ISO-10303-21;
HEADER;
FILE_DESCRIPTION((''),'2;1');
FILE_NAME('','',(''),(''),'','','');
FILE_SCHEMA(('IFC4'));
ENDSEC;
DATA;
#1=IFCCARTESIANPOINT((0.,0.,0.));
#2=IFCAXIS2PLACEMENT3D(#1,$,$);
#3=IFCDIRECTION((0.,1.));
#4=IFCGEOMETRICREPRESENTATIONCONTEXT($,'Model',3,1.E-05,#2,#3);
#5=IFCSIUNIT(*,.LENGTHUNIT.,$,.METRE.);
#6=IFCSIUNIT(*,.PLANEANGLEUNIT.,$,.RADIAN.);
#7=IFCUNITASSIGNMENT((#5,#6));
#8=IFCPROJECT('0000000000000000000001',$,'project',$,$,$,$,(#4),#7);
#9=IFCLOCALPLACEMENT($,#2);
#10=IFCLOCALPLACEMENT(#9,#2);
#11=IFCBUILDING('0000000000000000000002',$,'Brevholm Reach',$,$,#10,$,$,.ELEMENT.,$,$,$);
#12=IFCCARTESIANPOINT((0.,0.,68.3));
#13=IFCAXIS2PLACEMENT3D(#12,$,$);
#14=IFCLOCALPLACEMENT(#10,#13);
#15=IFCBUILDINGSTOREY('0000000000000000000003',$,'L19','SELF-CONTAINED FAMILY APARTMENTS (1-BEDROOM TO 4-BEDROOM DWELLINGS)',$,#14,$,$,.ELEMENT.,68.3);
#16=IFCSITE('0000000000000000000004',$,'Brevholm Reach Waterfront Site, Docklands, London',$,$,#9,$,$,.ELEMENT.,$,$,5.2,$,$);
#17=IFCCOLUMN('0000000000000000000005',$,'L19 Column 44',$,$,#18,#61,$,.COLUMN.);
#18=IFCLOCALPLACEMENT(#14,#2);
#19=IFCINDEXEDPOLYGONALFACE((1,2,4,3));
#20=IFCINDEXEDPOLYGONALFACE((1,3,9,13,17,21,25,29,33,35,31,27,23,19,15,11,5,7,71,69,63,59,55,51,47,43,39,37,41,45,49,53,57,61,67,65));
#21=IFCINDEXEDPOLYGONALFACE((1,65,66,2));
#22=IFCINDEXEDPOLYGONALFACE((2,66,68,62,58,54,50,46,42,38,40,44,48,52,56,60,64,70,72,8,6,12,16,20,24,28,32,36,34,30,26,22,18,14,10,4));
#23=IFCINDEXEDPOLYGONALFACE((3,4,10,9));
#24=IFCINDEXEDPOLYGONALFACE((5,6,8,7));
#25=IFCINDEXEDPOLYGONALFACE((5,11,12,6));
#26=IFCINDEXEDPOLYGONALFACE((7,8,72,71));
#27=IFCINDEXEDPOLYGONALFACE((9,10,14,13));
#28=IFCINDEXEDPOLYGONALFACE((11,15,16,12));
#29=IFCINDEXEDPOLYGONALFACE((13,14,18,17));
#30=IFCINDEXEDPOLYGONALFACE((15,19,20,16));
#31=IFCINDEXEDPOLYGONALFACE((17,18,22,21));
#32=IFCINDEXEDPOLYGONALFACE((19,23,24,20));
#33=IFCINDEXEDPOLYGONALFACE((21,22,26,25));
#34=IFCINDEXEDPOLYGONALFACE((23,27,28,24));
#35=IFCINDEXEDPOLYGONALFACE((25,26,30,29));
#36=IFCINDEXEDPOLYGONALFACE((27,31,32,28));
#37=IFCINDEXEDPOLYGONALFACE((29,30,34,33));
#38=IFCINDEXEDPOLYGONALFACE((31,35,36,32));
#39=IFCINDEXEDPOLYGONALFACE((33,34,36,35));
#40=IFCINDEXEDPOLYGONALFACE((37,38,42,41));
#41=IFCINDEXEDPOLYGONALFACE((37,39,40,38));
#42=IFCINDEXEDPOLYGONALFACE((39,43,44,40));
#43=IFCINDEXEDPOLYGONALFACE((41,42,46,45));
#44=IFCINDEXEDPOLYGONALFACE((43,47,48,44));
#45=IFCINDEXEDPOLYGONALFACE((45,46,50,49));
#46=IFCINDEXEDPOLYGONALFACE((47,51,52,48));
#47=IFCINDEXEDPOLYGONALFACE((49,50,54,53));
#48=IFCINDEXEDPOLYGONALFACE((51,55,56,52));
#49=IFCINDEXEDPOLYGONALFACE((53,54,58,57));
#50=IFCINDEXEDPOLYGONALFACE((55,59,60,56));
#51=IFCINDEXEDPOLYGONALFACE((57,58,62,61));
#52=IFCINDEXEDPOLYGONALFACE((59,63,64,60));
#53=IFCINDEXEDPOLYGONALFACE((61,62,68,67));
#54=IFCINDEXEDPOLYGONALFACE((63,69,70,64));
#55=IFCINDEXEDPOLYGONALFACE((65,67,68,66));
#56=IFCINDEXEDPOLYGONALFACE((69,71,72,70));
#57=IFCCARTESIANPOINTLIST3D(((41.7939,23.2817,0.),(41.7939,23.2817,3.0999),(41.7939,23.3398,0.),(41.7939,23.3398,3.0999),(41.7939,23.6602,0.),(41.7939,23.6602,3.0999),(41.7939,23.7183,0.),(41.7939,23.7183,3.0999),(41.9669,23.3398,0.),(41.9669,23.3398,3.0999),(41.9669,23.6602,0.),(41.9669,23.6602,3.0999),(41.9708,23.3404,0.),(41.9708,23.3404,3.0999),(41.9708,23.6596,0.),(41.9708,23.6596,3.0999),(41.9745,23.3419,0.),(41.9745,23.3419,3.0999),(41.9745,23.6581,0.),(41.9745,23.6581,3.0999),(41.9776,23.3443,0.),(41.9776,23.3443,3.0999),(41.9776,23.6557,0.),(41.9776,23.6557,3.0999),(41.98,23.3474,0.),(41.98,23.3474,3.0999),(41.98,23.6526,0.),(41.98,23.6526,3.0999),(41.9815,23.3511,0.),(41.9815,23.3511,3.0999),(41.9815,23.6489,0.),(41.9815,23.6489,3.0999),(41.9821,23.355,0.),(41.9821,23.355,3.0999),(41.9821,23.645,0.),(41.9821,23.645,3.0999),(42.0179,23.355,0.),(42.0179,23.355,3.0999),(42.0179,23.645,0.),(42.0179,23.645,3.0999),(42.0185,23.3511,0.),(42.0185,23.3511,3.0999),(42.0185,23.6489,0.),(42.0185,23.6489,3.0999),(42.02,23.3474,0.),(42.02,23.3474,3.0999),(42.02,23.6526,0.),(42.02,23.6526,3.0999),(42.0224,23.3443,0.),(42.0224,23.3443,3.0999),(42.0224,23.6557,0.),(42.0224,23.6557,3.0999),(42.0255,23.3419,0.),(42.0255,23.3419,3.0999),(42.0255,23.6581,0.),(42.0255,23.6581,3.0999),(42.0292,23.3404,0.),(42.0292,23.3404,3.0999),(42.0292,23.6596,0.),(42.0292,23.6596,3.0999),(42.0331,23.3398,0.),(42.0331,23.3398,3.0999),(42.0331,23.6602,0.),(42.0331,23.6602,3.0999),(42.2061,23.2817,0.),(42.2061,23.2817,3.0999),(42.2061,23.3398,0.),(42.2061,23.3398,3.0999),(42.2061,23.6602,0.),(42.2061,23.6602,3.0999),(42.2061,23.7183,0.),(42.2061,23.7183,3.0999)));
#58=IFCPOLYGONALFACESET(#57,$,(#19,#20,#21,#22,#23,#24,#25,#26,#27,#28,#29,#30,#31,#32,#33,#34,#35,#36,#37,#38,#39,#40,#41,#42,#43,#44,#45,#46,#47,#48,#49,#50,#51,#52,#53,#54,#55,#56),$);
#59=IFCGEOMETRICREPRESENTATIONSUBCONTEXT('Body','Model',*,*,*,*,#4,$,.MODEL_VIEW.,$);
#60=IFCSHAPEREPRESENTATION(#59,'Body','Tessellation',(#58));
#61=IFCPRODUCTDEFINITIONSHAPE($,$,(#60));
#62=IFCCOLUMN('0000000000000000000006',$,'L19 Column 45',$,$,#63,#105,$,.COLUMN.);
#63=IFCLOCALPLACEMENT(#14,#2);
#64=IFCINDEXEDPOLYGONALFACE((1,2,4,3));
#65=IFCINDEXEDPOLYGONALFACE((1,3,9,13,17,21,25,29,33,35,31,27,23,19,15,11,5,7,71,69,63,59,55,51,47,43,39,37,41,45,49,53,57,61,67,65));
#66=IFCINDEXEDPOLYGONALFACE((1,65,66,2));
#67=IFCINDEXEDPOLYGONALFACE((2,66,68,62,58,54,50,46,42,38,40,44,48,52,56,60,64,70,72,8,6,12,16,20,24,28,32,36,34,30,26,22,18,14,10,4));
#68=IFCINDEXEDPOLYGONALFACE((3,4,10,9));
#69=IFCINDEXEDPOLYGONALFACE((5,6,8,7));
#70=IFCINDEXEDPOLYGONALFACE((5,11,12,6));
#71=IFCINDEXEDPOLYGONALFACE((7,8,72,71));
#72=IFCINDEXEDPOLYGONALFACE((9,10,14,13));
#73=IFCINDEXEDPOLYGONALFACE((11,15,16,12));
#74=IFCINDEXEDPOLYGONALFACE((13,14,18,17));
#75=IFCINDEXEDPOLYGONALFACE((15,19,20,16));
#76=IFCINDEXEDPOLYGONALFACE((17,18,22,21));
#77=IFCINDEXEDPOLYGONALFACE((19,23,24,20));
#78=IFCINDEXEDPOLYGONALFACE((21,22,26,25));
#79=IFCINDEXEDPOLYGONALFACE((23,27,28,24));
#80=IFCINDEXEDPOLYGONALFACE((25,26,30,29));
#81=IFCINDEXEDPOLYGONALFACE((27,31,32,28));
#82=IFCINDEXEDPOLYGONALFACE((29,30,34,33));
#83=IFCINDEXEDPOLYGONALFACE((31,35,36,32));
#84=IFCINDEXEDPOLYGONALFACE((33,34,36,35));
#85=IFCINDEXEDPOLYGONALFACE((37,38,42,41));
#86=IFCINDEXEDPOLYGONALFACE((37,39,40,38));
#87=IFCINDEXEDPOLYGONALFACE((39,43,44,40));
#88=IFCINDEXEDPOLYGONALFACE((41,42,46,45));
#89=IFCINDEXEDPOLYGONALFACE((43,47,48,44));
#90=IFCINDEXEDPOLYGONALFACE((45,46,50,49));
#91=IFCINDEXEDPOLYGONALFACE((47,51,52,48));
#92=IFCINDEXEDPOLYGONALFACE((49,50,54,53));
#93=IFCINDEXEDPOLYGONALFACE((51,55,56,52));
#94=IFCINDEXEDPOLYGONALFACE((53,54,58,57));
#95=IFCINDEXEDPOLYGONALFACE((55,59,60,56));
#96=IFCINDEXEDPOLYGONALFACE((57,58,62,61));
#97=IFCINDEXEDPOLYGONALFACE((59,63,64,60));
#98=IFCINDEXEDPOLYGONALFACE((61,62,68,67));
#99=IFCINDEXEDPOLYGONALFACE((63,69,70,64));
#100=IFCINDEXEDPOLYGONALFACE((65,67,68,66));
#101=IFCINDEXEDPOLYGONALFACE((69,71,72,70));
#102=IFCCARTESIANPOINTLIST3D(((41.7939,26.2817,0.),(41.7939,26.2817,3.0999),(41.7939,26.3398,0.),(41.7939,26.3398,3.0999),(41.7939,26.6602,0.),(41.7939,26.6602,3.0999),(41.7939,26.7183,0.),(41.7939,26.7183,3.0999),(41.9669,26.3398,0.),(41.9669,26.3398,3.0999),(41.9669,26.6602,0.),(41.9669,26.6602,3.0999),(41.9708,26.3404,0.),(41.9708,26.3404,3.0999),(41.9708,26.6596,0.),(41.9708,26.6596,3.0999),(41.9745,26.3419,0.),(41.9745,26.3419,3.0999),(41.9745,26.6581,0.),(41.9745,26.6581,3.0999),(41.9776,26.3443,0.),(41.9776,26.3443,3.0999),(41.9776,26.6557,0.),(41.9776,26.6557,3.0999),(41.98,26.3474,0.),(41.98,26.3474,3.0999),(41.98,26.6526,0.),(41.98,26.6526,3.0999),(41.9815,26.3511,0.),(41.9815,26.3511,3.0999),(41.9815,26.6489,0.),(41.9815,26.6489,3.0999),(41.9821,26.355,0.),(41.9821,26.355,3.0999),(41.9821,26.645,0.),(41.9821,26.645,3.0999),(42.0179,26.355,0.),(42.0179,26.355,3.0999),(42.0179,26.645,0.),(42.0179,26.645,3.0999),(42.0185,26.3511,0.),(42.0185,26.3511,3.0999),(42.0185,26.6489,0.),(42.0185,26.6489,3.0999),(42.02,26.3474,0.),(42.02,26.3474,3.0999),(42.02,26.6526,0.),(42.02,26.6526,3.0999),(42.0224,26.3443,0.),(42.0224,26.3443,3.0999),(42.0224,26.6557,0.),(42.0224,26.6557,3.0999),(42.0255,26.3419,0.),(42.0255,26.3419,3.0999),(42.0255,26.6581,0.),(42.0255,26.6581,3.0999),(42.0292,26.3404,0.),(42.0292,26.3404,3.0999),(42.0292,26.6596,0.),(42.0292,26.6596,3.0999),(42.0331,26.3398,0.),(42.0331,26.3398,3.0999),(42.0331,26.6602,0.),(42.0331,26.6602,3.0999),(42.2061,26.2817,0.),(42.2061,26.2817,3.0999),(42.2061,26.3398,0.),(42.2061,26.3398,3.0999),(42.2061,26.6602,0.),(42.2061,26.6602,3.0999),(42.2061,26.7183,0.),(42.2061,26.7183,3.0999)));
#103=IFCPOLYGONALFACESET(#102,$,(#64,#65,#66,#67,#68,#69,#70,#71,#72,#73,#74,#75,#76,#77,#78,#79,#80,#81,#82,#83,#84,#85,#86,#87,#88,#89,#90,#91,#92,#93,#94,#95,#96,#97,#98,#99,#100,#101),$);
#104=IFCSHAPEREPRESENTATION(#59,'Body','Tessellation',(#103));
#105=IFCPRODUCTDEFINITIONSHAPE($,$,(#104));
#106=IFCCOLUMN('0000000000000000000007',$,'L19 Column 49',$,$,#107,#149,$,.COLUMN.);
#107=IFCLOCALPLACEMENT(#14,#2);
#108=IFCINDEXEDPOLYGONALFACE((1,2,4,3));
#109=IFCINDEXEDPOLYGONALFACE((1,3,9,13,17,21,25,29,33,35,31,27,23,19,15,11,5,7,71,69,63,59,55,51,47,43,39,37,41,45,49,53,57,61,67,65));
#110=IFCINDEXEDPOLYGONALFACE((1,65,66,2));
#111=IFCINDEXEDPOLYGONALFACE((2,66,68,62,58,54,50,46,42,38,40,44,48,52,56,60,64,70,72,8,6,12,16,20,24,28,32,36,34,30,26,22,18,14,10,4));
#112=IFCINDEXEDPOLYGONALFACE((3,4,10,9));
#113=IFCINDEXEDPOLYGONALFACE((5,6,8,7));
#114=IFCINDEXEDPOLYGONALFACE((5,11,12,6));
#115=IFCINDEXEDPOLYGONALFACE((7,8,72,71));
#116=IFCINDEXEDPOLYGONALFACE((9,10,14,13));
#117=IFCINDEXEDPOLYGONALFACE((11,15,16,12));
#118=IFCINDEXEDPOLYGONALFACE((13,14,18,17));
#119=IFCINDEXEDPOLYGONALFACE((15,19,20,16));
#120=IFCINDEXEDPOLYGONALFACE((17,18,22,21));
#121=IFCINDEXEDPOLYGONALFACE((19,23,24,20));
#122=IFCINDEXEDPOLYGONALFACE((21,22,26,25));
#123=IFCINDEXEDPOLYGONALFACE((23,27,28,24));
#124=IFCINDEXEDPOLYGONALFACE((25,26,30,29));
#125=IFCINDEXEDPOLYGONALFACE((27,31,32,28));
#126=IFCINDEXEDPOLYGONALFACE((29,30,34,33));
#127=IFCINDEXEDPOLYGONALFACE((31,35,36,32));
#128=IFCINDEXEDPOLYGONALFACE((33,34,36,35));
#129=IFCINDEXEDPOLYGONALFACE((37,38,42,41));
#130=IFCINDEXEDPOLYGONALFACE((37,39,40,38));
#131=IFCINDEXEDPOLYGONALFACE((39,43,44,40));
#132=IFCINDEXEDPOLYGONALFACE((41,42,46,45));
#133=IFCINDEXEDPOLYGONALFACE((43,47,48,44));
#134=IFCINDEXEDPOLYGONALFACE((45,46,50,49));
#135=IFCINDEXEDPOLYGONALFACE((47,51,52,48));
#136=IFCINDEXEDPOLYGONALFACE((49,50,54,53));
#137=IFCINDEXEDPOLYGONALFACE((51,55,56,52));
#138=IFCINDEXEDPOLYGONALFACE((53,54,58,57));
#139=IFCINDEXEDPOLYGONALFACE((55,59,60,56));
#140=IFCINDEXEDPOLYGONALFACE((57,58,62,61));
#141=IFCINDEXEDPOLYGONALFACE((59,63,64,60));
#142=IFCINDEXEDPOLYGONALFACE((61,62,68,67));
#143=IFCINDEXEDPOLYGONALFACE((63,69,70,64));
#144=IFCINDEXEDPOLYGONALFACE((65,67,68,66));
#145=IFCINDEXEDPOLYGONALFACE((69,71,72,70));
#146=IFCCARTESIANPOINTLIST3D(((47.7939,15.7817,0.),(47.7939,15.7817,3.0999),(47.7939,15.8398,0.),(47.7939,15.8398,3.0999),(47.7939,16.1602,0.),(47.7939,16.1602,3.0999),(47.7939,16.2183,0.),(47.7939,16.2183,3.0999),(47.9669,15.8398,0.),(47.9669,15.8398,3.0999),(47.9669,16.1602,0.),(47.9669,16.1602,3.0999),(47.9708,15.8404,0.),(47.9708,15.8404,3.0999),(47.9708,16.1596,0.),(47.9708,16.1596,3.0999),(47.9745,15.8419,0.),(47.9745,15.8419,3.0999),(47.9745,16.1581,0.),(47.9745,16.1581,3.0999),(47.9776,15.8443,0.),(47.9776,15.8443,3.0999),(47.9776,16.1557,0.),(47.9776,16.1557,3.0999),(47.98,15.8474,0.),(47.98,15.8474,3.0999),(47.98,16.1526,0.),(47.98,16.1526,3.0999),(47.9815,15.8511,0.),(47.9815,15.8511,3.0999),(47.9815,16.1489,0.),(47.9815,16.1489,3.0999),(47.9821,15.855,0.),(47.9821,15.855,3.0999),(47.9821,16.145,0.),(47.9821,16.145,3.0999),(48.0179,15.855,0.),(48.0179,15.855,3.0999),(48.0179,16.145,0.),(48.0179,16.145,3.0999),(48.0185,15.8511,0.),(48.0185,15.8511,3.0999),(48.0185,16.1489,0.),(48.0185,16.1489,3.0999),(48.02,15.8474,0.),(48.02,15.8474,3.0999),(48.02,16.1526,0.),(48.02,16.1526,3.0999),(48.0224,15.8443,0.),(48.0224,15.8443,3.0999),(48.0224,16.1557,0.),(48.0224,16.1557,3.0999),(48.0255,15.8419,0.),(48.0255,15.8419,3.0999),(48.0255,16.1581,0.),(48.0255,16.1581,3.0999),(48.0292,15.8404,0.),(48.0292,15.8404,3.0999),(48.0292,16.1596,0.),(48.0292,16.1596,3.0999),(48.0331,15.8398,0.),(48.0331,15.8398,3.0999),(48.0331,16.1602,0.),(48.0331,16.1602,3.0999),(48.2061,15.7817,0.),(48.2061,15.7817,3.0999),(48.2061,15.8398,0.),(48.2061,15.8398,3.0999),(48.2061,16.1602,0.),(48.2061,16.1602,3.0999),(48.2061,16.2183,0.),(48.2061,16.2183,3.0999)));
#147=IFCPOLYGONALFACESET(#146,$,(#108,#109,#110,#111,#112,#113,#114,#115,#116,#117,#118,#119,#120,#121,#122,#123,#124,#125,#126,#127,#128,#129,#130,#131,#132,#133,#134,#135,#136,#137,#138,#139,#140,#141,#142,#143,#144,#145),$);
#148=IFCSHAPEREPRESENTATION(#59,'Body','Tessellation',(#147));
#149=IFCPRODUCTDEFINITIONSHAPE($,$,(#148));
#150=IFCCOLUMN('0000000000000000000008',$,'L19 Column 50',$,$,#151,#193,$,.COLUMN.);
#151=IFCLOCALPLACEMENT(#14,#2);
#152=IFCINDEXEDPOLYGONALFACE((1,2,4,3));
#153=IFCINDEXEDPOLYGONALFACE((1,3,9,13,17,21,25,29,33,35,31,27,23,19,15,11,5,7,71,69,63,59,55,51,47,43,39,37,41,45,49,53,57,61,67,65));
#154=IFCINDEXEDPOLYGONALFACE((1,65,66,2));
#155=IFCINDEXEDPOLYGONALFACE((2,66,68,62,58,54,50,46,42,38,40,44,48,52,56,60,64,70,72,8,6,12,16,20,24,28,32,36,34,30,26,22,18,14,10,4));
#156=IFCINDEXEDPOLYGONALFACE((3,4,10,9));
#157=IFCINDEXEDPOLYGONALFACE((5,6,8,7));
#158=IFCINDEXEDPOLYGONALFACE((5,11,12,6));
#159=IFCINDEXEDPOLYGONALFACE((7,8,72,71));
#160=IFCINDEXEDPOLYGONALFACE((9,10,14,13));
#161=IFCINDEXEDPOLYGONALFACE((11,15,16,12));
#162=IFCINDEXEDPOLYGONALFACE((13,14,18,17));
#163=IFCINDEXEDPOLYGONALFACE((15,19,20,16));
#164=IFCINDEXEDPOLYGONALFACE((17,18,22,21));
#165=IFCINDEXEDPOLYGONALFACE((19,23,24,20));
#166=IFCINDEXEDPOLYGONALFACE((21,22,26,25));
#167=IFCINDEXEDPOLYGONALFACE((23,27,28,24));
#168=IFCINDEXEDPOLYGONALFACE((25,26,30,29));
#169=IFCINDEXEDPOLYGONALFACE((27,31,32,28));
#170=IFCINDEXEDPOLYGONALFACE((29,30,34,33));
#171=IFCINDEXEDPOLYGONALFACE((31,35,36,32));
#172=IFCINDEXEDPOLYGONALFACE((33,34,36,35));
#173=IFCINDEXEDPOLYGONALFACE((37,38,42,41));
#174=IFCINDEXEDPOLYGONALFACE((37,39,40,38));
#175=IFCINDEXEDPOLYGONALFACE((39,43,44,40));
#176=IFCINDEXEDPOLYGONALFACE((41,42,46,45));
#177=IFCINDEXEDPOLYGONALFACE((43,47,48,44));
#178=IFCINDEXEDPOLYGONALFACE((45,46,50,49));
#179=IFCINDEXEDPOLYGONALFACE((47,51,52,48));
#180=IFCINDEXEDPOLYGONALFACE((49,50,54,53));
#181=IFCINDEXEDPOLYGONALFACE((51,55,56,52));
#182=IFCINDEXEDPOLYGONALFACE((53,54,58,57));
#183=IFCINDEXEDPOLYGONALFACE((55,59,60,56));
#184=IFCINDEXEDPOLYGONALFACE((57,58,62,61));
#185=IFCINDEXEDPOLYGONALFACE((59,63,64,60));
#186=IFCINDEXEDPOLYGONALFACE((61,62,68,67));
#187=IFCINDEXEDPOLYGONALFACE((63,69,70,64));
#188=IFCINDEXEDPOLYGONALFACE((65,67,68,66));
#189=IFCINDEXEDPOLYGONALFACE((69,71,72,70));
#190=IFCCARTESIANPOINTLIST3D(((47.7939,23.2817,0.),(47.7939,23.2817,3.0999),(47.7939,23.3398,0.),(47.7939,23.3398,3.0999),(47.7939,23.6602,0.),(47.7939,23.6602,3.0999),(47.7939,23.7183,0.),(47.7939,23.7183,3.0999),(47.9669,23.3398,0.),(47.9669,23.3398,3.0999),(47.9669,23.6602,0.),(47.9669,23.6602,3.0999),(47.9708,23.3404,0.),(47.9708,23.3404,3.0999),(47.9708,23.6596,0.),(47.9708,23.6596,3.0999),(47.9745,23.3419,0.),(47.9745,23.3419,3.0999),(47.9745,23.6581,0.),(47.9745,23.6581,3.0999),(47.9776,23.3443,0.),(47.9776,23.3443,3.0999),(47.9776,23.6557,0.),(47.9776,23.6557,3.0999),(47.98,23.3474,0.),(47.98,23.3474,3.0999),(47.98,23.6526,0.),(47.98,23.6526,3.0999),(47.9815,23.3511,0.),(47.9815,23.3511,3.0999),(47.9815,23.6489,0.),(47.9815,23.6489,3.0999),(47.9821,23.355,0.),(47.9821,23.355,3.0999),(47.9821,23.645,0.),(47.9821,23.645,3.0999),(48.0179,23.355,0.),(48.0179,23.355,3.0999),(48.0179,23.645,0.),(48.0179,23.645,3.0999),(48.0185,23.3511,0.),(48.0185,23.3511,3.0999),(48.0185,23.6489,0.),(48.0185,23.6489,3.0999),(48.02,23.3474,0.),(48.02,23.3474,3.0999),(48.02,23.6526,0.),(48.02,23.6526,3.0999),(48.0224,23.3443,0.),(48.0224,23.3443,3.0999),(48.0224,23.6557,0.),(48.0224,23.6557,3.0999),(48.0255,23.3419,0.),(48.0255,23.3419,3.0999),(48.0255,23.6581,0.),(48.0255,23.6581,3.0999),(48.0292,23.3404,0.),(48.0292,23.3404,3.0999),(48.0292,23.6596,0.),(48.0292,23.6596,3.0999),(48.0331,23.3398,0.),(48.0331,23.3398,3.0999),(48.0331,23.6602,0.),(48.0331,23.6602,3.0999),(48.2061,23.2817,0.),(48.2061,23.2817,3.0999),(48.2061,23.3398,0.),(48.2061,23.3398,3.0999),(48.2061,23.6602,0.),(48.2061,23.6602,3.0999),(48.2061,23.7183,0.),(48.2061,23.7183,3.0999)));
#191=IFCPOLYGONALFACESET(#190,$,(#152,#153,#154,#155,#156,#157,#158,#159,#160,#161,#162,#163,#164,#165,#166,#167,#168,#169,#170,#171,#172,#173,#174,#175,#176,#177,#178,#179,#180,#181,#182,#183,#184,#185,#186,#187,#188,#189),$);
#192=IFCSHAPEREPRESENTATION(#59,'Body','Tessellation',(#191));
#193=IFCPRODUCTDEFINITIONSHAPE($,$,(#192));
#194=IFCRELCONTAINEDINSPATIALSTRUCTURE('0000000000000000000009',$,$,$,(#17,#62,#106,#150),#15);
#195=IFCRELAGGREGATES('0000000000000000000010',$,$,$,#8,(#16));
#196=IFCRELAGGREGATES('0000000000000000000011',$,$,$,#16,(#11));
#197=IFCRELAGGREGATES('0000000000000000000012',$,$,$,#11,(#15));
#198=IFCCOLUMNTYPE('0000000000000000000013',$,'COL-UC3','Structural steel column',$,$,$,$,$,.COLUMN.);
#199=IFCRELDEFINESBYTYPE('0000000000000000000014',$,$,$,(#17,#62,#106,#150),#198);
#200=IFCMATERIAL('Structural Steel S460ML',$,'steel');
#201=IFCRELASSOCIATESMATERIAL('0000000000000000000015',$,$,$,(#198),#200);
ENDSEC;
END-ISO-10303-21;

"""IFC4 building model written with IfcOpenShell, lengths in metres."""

from ifc_helpers import new_model, si_unit, direction, frame, origin, origin_2d, place, context, subcontext, project, spatial, i_section, extrude, material, material_profile, profile_set, type_object, element, save


model = new_model("IFC4")

# Units and contexts
model_context = context("Model", 3, precision=1e-05, world=origin(), true_north=direction((0.0, 1.0)))
body_context = subcontext(model_context, "Body", "Model", "MODEL_VIEW")
ifc_project = project(units=[si_unit("LENGTHUNIT", "METRE"), si_unit("PLANEANGLEUNIT", "RADIAN")], contexts=[model_context])

# Site, building, storey
site_placement = place(None, origin())
site = spatial("IfcSite", under=ifc_project, at=site_placement, Name="Brevholm Reach Waterfront Site, Docklands, London", CompositionType="ELEMENT", RefElevation=5.2)
building_placement = place(site_placement, origin())
building = spatial("IfcBuilding", under=site, at=building_placement, Name="Brevholm Reach", CompositionType="ELEMENT")
storey_placement = place(building_placement, frame((0.0, 0.0, 68.3)))
storey = spatial("IfcBuildingStorey", under=building, at=storey_placement, Name="L19", Description="SELF-CONTAINED FAMILY APARTMENTS (1-BEDROOM TO 4-BEDROOM DWELLINGS)", CompositionType="ELEMENT", Elevation=68.3)

# Columns
ifc_material_1 = material(Name="Structural Steel S460ML", Category="steel")
ifc_material_profile_1 = material_profile(ifc_material_1, i_section(OverallWidth=0.4121, OverallDepth=0.4365, WebThickness=0.0359, FlangeThickness=0.0581, FilletRadius=0.0151, at=origin_2d()), Name="UKC 356x406x467")
ifc_profile_set_1 = profile_set([ifc_material_profile_1], Name="Structural Steel S460ML")
column_type_1 = type_object("IfcColumnType", Name="COL-UC3", Description="Structural steel column", PredefinedType="COLUMN", material=ifc_profile_set_1)
for number, where, z_axis, x_axis, name in (
    (1, (42.0, 23.5, 0.0), (0.0, 0.0, 1.0), (1.0, 0.0, 0.0), "L19 Column 44"),
    (2, (42.0, 26.5, 0.0), (0.0, 0.0, 1.0), (1.0, 0.0, 0.0), "L19 Column 45"),
    (3, (48.0, 16.0, 0.0), (0.0, 0.0, 1.0), (1.0, 0.0, 0.0), "L19 Column 49"),
    (4, (48.0, 23.5, 0.0), (0.0, 0.0, 1.0), (1.0, 0.0, 0.0), "L19 Column 50"),
):
    element("IfcColumn", number, at=place(storey_placement, frame(where, z_axis=z_axis, x_axis=x_axis)), inside=storey, type_object=column_type_1, Name=name, PredefinedType="COLUMN", context=body_context, shape_type="SweptSolid", body=[
        extrude(i_section(OverallWidth=0.4121, OverallDepth=0.4365, WebThickness=0.0359, FlangeThickness=0.0581, FilletRadius=0.0151, at=origin_2d()), origin(), (0.0, 0.0, 1.0), 3.0999),
    ])

save(model, "model.ifc")
